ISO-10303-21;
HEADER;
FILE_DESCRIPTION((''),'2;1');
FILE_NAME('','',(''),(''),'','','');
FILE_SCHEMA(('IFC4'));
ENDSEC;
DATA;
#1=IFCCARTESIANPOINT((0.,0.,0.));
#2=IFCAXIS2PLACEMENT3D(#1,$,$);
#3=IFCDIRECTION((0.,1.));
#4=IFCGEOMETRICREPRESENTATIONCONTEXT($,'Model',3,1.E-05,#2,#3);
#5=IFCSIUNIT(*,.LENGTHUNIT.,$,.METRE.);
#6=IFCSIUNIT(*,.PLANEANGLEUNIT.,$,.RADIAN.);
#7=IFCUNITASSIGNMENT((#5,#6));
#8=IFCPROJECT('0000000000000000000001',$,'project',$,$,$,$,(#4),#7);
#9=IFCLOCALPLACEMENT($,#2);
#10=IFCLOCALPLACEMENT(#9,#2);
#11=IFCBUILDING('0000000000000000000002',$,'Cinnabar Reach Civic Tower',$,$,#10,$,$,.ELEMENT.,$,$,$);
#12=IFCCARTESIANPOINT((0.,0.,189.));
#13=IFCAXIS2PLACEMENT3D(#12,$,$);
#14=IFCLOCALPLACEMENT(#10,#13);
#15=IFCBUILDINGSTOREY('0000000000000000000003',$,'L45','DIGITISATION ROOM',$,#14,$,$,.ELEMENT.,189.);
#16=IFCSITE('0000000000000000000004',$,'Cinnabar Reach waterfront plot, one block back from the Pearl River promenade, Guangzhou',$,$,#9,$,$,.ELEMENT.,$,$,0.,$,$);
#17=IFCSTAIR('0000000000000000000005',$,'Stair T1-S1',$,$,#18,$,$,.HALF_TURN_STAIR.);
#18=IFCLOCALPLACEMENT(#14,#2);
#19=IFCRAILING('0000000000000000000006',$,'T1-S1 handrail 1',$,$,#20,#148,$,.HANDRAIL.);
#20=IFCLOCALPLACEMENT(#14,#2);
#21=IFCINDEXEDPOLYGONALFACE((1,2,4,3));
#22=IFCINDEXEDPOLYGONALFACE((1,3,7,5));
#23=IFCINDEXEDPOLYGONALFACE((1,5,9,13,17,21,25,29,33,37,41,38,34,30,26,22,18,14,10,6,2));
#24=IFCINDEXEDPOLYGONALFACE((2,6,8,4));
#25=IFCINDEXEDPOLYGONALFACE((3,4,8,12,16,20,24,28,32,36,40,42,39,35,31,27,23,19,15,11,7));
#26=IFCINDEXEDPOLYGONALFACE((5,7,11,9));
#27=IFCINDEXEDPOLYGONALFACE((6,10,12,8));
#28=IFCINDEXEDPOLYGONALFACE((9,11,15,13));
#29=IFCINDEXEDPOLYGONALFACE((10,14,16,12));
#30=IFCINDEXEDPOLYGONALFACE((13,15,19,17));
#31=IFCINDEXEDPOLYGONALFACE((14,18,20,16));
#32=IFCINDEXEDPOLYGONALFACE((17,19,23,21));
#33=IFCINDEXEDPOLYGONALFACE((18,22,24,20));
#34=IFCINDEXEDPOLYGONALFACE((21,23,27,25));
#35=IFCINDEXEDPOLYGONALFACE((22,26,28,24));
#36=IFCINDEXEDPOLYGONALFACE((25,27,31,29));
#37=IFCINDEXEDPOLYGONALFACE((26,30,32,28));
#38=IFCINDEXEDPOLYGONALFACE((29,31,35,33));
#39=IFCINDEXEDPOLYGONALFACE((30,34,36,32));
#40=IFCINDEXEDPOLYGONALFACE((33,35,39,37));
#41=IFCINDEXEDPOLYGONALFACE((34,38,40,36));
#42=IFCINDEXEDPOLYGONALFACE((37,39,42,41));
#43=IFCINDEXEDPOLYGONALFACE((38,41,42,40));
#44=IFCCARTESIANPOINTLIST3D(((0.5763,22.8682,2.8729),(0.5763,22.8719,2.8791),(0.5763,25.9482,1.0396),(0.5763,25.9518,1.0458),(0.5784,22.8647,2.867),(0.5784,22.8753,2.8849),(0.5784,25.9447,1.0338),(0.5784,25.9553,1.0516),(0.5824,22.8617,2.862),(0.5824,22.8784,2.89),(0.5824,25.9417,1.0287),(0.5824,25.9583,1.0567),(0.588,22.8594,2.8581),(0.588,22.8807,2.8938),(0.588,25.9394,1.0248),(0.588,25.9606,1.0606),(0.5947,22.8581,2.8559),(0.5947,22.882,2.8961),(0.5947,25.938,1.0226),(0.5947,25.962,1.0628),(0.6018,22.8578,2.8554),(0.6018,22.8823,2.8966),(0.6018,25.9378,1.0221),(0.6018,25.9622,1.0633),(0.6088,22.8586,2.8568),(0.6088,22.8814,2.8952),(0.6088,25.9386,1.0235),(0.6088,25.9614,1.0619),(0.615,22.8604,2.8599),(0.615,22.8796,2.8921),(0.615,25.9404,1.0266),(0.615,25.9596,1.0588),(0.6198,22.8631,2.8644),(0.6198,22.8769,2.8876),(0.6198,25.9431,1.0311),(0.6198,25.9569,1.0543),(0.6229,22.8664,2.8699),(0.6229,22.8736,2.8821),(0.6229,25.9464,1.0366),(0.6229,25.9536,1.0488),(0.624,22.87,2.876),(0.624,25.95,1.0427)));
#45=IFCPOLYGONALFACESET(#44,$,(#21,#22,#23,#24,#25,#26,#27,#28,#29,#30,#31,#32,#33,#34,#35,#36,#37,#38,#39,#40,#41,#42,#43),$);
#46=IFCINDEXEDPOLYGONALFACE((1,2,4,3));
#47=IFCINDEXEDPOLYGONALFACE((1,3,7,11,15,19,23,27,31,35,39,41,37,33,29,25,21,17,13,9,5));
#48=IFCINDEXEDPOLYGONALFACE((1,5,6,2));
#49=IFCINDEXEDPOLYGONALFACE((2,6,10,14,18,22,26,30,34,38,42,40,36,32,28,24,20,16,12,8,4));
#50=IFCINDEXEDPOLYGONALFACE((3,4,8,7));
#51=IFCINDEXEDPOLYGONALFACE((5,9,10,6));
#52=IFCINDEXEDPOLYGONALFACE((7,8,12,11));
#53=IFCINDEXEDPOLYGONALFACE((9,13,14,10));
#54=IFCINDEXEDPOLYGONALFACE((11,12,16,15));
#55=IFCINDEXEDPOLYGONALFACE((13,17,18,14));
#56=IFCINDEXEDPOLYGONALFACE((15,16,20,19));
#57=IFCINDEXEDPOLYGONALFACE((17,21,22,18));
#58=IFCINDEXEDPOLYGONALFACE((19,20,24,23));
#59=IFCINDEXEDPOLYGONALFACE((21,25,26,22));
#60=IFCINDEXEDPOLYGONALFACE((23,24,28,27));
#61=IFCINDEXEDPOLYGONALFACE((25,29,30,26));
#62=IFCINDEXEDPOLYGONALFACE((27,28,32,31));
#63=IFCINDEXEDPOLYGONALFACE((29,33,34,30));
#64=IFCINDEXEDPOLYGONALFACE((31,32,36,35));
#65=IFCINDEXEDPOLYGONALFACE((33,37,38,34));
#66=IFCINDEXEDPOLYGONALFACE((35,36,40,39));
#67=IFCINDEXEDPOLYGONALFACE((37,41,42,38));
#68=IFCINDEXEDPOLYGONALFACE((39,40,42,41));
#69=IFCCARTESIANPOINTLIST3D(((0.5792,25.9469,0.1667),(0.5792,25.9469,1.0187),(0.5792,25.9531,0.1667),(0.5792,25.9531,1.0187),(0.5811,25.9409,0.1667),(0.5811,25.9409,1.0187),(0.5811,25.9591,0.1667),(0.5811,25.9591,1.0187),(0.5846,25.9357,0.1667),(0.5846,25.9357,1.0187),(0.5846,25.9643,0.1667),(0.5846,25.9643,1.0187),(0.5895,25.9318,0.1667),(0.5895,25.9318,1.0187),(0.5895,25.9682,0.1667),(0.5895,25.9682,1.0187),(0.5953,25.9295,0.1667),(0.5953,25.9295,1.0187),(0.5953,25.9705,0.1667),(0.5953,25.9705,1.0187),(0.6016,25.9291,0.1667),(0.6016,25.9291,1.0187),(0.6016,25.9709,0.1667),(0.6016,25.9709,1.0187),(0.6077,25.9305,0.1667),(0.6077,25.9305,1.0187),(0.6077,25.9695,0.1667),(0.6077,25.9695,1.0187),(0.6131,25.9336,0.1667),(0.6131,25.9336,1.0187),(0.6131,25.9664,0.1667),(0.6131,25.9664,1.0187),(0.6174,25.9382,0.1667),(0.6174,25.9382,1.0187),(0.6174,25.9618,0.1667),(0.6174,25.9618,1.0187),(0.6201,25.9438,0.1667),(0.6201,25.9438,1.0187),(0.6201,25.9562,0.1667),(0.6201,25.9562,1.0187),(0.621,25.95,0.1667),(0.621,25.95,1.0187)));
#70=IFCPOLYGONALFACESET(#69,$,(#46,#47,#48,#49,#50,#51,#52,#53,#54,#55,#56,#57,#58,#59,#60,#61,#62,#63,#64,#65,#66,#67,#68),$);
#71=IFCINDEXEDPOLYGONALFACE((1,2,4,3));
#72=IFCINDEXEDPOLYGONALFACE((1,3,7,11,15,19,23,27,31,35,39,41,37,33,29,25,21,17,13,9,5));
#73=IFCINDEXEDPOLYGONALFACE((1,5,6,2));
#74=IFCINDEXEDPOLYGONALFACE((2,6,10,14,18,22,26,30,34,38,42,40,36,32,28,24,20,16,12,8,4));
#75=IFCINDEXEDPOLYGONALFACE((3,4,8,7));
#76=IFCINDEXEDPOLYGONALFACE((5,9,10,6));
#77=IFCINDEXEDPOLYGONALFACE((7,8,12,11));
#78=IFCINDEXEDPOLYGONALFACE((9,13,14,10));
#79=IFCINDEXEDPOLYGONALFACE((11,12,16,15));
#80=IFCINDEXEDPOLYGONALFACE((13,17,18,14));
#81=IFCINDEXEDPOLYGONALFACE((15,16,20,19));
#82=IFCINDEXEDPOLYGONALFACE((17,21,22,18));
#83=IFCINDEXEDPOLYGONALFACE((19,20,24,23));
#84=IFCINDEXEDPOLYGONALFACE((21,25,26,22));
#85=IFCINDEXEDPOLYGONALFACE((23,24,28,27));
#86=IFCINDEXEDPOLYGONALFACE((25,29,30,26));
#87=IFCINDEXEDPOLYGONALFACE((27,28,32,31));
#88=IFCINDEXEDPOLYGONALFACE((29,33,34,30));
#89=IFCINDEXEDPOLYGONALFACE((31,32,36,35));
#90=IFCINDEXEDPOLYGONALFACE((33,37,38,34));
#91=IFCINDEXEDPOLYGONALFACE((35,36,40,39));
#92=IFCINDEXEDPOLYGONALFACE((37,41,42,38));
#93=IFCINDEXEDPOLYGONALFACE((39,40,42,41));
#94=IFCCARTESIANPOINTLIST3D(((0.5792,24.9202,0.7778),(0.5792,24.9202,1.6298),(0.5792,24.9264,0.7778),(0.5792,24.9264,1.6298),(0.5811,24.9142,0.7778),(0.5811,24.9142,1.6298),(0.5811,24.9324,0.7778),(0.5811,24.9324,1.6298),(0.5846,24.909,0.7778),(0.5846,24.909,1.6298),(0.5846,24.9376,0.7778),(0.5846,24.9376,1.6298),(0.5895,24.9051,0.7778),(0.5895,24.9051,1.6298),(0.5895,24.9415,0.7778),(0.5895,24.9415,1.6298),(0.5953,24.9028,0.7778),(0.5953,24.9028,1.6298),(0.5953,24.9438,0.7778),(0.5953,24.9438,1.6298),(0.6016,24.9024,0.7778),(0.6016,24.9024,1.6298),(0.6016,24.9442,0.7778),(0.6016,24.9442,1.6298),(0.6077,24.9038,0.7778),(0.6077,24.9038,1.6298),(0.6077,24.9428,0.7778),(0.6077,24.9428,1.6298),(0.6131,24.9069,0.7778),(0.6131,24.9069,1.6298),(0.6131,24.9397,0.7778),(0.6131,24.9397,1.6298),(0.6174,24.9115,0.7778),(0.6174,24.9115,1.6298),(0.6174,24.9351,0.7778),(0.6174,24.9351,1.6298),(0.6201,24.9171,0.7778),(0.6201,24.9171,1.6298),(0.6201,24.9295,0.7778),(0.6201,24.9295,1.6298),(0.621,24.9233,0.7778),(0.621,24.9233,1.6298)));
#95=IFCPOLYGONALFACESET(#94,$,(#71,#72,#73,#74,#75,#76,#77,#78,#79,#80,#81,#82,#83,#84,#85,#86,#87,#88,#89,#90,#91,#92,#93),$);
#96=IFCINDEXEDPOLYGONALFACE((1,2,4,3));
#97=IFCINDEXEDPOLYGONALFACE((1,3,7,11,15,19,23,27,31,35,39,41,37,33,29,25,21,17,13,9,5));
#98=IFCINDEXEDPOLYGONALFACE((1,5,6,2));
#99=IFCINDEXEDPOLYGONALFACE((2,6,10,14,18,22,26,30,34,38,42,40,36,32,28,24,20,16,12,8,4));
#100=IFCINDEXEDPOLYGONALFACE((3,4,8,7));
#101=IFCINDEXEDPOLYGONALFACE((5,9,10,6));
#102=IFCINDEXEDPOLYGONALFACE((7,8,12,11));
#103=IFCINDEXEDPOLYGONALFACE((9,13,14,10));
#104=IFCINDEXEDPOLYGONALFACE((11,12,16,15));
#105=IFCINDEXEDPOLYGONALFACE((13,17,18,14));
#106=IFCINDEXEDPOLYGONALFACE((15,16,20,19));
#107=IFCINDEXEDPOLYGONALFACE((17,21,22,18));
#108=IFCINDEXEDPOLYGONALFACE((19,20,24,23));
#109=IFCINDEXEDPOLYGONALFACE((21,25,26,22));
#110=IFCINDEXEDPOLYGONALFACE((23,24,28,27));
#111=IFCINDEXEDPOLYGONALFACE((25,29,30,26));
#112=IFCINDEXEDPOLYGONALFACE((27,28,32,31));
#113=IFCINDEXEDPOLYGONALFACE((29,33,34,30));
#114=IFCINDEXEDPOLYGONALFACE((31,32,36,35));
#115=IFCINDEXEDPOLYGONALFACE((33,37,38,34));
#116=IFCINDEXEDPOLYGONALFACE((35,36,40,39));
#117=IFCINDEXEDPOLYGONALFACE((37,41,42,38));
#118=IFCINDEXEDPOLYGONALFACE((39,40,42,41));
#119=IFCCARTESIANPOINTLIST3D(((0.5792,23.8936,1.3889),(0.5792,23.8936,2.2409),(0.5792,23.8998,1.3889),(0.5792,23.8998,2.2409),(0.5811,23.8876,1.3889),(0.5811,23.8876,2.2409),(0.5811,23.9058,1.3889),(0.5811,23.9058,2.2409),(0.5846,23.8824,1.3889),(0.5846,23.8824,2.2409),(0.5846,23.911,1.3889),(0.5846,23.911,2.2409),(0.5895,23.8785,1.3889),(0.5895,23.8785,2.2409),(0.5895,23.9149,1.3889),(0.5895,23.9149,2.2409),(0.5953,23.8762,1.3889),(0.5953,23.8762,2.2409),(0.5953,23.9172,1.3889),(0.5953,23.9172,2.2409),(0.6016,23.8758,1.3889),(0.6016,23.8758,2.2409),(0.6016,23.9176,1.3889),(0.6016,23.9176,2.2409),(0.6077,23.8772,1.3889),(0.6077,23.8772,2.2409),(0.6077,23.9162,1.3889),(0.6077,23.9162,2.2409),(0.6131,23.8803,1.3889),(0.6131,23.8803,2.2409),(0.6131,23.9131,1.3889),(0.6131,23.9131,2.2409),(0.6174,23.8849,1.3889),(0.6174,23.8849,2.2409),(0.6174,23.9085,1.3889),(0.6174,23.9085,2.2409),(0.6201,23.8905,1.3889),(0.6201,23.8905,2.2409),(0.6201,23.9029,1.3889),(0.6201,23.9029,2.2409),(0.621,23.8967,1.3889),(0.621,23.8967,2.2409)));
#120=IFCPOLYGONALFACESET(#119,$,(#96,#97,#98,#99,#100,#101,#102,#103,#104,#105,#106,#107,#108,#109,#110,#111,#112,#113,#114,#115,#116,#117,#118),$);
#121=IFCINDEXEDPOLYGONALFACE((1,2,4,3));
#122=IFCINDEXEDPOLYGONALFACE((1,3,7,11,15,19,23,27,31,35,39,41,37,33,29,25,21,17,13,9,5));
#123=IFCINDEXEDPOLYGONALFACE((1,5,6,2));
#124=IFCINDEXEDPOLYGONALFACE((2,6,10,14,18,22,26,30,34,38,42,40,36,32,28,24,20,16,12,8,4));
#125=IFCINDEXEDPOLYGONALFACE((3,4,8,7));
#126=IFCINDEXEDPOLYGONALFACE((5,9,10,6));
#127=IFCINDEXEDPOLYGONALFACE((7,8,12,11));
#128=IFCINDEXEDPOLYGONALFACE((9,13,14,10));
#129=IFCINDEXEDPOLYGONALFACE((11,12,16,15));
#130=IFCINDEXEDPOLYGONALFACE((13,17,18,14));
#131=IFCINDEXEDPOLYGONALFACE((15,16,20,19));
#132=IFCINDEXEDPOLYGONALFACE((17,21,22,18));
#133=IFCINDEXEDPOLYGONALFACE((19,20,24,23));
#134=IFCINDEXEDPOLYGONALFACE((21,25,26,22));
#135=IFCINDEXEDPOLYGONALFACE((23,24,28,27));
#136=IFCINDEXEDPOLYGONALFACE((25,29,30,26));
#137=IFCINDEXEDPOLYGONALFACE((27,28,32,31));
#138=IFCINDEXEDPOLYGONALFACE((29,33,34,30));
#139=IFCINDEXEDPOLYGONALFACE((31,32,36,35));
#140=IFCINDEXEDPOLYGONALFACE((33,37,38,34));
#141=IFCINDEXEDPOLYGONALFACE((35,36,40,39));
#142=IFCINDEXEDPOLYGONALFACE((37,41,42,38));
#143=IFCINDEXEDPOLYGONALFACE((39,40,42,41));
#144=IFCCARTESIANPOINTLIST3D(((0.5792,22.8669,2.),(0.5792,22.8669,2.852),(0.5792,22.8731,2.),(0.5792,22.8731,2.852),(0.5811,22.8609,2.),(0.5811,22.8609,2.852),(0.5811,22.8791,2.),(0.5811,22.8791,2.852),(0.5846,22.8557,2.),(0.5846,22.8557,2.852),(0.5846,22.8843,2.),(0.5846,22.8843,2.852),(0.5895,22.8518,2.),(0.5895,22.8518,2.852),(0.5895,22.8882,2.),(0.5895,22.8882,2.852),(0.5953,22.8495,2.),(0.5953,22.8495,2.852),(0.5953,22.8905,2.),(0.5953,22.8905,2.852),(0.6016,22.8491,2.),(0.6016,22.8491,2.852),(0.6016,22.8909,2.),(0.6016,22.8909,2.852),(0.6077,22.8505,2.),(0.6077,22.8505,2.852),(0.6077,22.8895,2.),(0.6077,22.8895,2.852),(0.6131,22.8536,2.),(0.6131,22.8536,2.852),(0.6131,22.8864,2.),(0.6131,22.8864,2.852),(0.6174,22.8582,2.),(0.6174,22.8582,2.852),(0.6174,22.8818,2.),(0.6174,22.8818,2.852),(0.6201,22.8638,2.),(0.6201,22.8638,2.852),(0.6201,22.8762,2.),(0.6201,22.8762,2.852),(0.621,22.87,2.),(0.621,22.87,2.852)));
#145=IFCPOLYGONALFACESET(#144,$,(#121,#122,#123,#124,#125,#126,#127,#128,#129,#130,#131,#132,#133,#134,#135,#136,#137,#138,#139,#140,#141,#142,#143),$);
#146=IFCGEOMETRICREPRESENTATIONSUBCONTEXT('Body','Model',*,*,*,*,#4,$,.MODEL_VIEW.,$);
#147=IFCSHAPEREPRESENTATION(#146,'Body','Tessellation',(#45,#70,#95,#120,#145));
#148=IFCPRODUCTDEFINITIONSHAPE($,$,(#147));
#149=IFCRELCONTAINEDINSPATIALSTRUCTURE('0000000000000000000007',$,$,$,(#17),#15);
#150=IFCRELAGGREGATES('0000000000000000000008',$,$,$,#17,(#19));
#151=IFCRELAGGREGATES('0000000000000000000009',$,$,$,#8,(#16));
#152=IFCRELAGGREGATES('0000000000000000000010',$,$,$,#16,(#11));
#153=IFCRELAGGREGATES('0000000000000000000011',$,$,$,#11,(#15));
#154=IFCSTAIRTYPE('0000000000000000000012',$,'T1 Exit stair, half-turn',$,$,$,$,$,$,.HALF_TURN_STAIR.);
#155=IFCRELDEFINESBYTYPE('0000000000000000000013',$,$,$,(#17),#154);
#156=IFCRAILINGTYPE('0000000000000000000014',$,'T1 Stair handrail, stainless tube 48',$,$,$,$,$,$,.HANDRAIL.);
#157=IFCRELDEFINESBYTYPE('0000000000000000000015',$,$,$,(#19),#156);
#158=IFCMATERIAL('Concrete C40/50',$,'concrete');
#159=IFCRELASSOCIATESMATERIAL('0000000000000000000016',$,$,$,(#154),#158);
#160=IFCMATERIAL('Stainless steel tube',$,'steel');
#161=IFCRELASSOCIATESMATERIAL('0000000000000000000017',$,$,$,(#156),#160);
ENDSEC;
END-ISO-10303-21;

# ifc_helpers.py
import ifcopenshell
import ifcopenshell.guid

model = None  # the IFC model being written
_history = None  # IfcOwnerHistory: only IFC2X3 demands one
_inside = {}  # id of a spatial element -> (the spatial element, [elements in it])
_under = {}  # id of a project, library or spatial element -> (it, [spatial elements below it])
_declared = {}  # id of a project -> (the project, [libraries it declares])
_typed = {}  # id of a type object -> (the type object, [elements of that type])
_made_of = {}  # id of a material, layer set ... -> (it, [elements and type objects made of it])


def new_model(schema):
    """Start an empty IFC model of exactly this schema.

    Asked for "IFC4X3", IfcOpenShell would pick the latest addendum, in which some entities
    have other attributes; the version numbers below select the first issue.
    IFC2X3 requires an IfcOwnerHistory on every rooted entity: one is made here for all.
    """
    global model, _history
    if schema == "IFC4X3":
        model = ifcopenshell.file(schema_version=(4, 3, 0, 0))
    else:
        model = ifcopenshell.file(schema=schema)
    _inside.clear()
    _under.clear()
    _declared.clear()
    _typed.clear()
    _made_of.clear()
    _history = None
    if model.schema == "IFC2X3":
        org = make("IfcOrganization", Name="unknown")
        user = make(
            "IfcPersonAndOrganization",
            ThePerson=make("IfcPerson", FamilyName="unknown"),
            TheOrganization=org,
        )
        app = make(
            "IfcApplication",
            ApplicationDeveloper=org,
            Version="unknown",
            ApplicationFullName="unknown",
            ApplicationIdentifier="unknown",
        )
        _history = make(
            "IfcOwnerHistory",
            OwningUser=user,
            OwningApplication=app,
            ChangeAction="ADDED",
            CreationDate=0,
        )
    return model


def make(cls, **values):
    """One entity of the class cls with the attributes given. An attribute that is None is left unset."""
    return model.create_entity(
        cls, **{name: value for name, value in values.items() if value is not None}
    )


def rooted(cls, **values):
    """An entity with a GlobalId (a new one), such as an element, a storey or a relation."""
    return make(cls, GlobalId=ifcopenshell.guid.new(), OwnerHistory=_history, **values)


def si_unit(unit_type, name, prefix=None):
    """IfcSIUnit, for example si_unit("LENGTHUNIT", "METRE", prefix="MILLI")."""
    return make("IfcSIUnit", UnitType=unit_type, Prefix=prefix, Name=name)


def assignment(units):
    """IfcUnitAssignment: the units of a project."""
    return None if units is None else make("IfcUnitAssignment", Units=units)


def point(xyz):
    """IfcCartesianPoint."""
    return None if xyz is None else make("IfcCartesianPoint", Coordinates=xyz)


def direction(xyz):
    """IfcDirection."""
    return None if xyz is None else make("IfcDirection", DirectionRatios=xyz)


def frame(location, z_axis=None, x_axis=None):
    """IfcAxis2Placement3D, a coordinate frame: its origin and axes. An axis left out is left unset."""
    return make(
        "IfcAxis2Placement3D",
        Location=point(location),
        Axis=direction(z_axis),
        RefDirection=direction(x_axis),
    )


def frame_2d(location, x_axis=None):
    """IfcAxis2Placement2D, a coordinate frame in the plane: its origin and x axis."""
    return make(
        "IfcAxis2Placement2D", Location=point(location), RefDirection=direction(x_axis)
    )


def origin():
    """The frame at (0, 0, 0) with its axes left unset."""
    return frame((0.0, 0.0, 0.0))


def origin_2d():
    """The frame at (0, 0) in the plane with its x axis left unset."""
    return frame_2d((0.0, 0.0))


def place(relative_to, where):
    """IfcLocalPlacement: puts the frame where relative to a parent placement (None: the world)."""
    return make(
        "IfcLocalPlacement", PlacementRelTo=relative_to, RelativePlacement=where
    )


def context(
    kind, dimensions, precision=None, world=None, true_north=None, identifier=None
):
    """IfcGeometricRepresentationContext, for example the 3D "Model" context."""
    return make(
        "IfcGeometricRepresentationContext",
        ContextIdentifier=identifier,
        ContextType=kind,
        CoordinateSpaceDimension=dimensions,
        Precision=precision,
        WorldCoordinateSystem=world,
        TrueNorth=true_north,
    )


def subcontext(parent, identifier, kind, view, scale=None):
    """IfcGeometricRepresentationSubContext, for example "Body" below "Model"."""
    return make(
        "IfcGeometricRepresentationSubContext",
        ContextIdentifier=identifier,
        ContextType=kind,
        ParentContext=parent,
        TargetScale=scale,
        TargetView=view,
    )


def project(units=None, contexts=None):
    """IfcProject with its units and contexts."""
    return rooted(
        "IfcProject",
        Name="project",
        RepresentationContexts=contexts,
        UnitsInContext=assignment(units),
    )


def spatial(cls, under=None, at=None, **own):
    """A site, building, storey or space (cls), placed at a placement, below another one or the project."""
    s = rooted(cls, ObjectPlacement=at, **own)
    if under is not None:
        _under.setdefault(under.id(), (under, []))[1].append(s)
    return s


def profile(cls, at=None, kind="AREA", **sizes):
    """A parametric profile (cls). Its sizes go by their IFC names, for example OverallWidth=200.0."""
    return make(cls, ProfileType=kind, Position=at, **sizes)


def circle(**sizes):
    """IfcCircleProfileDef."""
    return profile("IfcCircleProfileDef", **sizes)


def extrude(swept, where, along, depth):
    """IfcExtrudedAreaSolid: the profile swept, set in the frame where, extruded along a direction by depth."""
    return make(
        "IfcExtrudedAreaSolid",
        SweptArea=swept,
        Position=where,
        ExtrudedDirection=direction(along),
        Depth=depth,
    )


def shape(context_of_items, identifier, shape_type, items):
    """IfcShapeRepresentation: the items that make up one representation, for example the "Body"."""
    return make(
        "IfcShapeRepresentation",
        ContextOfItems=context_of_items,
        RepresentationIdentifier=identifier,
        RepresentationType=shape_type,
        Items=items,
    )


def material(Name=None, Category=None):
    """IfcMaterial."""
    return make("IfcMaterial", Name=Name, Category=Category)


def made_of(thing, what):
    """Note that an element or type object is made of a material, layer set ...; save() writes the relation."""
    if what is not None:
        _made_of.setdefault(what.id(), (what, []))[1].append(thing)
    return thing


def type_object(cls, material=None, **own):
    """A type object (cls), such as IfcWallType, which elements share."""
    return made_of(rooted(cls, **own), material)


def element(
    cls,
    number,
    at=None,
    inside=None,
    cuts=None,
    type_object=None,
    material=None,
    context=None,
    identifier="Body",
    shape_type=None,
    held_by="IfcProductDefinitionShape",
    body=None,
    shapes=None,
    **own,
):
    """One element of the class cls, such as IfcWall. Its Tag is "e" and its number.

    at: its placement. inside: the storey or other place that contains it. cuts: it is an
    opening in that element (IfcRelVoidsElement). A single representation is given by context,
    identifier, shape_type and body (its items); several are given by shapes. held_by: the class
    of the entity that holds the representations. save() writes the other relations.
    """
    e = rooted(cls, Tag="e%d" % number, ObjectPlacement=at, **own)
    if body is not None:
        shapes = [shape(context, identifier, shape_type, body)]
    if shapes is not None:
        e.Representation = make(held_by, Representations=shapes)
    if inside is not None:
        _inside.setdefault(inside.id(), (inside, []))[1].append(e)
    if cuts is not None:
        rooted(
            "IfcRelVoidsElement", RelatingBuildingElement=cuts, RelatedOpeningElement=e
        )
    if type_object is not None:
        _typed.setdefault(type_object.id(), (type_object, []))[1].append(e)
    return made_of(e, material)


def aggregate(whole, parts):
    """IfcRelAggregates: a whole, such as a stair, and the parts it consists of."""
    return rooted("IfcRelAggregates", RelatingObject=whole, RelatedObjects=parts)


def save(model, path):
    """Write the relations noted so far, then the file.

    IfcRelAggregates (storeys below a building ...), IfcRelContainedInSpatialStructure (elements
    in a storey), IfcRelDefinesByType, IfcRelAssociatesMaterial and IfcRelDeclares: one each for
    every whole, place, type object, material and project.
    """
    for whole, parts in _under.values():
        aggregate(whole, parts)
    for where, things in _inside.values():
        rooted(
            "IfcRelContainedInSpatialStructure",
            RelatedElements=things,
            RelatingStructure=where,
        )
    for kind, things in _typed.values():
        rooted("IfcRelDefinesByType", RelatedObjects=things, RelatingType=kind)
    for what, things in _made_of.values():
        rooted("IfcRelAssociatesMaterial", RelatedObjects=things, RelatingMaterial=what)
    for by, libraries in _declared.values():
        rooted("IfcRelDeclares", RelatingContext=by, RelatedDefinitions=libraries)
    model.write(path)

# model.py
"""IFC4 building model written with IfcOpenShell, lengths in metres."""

from ifc_helpers import new_model, si_unit, direction, frame, origin, origin_2d, place, context, subcontext, project, spatial, circle, extrude, material, type_object, element, aggregate, save


model = new_model("IFC4")

# Units and contexts
model_context = context("Model", 3, precision=1e-05, world=origin(), true_north=direction((0.0, 1.0)))
body_context = subcontext(model_context, "Body", "Model", "MODEL_VIEW")
ifc_project = project(units=[si_unit("LENGTHUNIT", "METRE"), si_unit("PLANEANGLEUNIT", "RADIAN")], contexts=[model_context])

# Site, building, storey
site_placement = place(None, origin())
site = spatial("IfcSite", under=ifc_project, at=site_placement, Name="Cinnabar Reach waterfront plot, one block back from the Pearl River promenade, Guangzhou", CompositionType="ELEMENT", RefElevation=0.0)
building_placement = place(site_placement, origin())
building = spatial("IfcBuilding", under=site, at=building_placement, Name="Cinnabar Reach Civic Tower", CompositionType="ELEMENT")
storey_placement = place(building_placement, frame((0.0, 0.0, 189.0)))
storey = spatial("IfcBuildingStorey", under=building, at=storey_placement, Name="L45", Description="DIGITISATION ROOM", CompositionType="ELEMENT", Elevation=189.0)

# Shared definitions
ifc_material_1 = material(Name="Concrete C40/50", Category="concrete")

# Stair, railing
stair_type = type_object("IfcStairType", Name="T1 Exit stair, half-turn", PredefinedType="HALF_TURN_STAIR", material=ifc_material_1)
stair_placement = place(storey_placement, origin())
stair = element("IfcStair", 1, at=stair_placement, inside=storey, type_object=stair_type, Name="Stair T1-S1", PredefinedType="HALF_TURN_STAIR")
ifc_material_2 = material(Name="Stainless steel tube", Category="steel")
railing_type = type_object("IfcRailingType", Name="T1 Stair handrail, stainless tube 48", PredefinedType="HANDRAIL", material=ifc_material_2)
railing_1_placement = place(storey_placement, frame((0.6, 25.95, 0.1667)))
railing_1 = element("IfcRailing", 2, at=railing_1_placement, type_object=railing_type, Name="T1-S1 handrail 1", PredefinedType="HANDRAIL", context=body_context, shape_type="SweptSolid", body=[
    extrude(circle(Radius=0.024, at=origin_2d()), frame((0.0, 0.0, 0.876), z_axis=(0.0, -0.859297, 0.511477), x_axis=(1.0, 0.0, 0.0)), (0.0, 0.0, 1.0), 3.5843),
    extrude(circle(Radius=0.021, at=origin_2d()), origin(), (0.0, 0.0, 1.0), 0.852),
    extrude(circle(Radius=0.021, at=origin_2d()), frame((0.0, -1.0267, 0.6111)), (0.0, 0.0, 1.0), 0.852),
    extrude(circle(Radius=0.021, at=origin_2d()), frame((0.0, -2.0533, 1.2222)), (0.0, 0.0, 1.0), 0.852),
    extrude(circle(Radius=0.021, at=origin_2d()), frame((0.0, -3.08, 1.8333)), (0.0, 0.0, 1.0), 0.852),
])
aggregate(stair, [railing_1])

save(model, "model.ifc")
